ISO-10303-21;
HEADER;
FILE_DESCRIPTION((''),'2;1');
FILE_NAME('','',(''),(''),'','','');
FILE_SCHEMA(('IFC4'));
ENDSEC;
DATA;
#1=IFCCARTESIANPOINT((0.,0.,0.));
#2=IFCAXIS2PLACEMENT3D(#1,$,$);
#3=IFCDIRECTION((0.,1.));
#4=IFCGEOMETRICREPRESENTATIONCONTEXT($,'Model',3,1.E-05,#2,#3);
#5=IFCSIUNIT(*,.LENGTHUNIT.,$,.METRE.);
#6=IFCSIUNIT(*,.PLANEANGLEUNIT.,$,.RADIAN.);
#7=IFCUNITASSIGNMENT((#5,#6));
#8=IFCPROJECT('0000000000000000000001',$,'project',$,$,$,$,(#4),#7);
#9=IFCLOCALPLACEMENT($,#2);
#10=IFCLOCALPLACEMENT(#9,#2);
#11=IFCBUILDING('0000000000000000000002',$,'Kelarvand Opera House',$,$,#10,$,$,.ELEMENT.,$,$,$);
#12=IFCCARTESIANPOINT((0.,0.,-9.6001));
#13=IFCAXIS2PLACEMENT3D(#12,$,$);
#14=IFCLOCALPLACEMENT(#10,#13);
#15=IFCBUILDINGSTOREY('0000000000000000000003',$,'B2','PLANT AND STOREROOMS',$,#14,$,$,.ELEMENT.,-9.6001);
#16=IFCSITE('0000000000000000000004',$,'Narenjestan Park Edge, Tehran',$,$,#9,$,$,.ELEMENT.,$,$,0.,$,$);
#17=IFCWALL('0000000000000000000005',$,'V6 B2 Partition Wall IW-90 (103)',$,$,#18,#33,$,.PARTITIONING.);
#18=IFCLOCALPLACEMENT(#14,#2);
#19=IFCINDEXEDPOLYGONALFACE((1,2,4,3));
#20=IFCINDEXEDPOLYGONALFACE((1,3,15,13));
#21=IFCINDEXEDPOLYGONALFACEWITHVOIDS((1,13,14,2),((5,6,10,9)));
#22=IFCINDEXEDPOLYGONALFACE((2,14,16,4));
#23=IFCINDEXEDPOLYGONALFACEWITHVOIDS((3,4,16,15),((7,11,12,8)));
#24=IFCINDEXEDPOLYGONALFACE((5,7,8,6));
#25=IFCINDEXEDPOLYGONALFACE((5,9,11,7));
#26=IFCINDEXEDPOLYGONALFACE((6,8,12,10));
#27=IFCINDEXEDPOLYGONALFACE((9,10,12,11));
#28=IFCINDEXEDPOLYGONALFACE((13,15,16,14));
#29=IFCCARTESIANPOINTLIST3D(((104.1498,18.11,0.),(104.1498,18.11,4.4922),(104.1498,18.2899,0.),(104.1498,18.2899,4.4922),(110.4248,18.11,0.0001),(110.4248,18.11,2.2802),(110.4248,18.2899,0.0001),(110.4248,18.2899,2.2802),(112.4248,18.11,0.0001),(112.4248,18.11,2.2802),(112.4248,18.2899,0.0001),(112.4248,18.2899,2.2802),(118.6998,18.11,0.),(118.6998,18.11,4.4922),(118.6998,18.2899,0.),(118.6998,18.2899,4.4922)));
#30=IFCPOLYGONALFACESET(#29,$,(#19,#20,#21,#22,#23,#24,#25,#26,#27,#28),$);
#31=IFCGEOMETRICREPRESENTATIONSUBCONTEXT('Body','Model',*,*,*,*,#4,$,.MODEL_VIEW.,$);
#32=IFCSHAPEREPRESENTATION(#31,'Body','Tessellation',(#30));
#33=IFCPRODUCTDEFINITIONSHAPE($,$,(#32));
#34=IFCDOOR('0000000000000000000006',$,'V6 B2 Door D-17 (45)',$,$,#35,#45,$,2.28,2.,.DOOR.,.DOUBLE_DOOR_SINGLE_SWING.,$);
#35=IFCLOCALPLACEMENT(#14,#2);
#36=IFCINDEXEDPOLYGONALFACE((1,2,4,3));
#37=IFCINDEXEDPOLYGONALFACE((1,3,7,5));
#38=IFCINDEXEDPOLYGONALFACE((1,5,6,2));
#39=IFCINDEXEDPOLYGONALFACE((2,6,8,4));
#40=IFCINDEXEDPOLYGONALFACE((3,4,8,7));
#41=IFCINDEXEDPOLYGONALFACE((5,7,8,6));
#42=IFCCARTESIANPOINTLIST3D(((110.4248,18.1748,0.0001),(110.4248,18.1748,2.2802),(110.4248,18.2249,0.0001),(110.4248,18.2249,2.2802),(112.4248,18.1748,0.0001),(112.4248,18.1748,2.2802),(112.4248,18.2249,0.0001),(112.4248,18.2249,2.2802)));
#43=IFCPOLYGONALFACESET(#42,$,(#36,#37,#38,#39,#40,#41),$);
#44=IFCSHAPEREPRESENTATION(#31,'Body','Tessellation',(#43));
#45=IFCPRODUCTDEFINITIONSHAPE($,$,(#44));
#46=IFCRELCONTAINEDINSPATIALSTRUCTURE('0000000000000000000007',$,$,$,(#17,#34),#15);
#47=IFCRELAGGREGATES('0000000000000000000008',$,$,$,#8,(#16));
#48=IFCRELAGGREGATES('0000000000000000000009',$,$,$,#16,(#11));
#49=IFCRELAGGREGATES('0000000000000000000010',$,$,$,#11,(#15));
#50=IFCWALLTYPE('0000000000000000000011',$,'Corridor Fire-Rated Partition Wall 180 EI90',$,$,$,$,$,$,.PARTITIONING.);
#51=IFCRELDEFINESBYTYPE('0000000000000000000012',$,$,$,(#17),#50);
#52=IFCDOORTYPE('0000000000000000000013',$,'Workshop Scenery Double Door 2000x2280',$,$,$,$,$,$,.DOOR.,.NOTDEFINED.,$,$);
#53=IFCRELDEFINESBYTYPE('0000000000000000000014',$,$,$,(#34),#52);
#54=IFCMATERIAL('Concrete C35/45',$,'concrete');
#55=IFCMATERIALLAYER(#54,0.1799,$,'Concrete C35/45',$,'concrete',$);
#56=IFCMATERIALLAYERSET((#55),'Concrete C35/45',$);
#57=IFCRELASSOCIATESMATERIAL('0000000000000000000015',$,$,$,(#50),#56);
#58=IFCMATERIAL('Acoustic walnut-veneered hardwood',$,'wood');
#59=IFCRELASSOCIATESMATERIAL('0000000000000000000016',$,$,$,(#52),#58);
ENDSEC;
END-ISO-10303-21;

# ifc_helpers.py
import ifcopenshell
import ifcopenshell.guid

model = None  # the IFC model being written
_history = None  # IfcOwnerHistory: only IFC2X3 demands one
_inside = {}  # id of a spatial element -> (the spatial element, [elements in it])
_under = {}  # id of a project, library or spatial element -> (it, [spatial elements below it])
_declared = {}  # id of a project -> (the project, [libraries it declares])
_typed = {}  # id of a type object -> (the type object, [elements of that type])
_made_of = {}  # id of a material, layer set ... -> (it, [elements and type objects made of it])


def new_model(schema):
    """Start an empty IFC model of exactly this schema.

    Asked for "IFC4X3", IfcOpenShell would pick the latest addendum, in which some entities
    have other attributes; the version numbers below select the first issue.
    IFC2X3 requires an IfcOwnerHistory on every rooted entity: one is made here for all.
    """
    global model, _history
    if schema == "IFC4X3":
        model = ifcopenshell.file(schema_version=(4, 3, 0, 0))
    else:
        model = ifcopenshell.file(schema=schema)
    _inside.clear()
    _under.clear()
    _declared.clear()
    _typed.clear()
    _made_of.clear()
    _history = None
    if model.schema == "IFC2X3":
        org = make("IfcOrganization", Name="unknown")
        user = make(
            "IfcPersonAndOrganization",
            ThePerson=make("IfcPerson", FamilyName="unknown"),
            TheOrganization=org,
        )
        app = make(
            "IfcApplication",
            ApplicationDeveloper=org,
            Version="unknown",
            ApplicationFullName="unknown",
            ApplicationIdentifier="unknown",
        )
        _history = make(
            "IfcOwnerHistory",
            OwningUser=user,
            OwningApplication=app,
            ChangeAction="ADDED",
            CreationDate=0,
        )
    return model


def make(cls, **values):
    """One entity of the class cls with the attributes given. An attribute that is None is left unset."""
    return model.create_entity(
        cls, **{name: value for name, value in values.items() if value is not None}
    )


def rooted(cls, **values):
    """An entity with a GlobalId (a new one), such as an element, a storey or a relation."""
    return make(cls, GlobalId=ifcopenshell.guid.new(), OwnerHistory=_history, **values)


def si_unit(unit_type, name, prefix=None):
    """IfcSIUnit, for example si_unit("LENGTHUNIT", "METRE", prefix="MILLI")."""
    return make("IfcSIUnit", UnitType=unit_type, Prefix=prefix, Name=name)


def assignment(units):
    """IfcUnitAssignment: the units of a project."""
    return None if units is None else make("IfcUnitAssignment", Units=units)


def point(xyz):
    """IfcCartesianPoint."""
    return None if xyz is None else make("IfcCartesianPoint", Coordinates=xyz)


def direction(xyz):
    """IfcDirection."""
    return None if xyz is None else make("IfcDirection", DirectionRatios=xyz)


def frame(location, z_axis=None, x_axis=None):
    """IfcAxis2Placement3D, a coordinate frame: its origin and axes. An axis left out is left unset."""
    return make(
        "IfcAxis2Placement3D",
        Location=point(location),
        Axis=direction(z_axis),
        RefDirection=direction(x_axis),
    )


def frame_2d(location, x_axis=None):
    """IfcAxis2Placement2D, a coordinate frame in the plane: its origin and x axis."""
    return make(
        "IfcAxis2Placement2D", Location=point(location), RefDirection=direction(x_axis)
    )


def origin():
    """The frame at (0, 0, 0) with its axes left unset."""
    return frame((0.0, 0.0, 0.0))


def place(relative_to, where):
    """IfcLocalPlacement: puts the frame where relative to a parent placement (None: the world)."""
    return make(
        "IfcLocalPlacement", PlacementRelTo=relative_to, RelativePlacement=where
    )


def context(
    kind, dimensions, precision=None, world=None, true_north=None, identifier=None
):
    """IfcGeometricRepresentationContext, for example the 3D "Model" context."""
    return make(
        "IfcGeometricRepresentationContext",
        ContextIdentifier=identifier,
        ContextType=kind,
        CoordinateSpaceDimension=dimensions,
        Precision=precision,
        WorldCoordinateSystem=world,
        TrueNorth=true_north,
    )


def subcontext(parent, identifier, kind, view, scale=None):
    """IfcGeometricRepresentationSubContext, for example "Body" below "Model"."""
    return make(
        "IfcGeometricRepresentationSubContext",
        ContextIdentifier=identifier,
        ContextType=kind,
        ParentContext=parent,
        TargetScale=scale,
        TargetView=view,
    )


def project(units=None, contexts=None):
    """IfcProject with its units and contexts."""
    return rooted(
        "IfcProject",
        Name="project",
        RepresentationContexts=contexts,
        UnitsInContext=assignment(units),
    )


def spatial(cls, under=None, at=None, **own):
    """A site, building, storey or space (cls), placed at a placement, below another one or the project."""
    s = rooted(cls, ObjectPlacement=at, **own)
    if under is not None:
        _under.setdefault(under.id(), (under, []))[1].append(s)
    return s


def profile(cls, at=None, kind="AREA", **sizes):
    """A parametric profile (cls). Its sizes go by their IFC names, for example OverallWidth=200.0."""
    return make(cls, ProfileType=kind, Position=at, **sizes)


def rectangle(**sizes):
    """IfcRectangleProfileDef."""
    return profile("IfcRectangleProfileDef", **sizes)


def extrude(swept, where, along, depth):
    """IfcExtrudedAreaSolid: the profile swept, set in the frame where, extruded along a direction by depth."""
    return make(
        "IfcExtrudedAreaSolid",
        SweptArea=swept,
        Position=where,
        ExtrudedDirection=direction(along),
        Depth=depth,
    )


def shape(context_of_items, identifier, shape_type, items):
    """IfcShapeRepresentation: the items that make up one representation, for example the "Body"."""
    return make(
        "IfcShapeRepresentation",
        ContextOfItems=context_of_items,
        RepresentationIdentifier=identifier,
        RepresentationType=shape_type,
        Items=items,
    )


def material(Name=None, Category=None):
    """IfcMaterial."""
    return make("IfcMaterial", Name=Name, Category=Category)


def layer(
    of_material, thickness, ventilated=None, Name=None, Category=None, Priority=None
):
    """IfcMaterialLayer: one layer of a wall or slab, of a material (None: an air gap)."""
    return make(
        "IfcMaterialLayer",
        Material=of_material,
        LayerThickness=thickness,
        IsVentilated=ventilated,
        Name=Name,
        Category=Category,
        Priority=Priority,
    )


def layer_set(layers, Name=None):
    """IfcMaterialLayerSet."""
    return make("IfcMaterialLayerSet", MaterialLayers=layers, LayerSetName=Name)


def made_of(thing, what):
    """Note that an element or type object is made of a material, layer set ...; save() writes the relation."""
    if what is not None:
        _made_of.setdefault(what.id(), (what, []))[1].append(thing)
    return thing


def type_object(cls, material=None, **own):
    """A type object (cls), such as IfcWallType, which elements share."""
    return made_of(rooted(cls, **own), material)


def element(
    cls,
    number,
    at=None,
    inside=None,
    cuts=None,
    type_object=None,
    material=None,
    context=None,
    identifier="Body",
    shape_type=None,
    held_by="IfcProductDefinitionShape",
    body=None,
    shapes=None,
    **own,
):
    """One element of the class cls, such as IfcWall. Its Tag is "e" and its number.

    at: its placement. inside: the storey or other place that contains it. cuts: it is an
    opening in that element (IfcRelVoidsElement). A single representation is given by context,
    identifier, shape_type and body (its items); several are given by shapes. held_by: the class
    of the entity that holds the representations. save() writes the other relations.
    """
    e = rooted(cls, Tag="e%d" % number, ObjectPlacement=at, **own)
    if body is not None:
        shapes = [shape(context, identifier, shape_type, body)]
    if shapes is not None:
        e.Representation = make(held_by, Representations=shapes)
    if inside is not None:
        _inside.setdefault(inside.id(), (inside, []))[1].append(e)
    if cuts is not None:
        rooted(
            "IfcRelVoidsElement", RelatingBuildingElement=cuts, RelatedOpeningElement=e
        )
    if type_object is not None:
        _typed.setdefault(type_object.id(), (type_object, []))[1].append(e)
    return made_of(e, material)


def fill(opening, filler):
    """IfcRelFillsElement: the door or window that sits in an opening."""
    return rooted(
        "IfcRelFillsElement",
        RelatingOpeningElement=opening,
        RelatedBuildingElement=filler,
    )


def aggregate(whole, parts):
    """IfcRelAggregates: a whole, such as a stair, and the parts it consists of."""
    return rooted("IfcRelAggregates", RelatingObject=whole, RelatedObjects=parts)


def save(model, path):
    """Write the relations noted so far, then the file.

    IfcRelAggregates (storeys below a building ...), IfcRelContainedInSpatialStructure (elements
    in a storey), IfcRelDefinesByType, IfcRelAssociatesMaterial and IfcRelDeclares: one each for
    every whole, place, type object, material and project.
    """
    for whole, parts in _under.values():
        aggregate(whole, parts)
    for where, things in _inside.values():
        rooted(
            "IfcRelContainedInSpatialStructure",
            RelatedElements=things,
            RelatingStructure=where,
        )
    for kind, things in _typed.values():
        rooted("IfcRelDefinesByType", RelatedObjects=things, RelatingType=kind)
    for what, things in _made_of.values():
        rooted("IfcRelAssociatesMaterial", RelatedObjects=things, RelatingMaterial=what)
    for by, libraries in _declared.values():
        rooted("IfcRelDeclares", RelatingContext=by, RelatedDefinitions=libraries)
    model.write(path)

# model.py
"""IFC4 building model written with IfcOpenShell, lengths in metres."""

from ifc_helpers import new_model, si_unit, direction, frame, frame_2d, origin, place, context, subcontext, project, spatial, rectangle, extrude, material, layer, layer_set, type_object, element, fill, save


model = new_model("IFC4")

# Units and contexts
model_context = context("Model", 3, precision=1e-05, world=origin(), true_north=direction((0.0, 1.0)))
body_context = subcontext(model_context, "Body", "Model", "MODEL_VIEW")
ifc_project = project(units=[si_unit("LENGTHUNIT", "METRE"), si_unit("PLANEANGLEUNIT", "RADIAN")], contexts=[model_context])

# Site, building, storey
site_placement = place(None, origin())
site = spatial("IfcSite", under=ifc_project, at=site_placement, Name="Narenjestan Park Edge, Tehran", CompositionType="ELEMENT", RefElevation=0.0)
building_placement = place(site_placement, origin())
building = spatial("IfcBuilding", under=site, at=building_placement, Name="Kelarvand Opera House", CompositionType="ELEMENT")
storey_placement = place(building_placement, frame((0.0, 0.0, -9.6001)))
storey = spatial("IfcBuildingStorey", under=building, at=storey_placement, Name="B2", Description="PLANT AND STOREROOMS", CompositionType="ELEMENT", Elevation=-9.6001)

# Shared definitions
ifc_material_1 = material(Name="Concrete C35/45", Category="concrete")

# Wall, opening, door
ifc_layer_1 = layer(ifc_material_1, 0.1799, Name="Concrete C35/45", Category="concrete")
ifc_layer_set_1 = layer_set([ifc_layer_1], Name="Concrete C35/45")
wall_type_1 = type_object("IfcWallType", Name="Corridor Fire-Rated Partition Wall 180 EI90", PredefinedType="PARTITIONING", material=ifc_layer_set_1)
ifc_material_2 = material(Name="Acoustic walnut-veneered hardwood", Category="wood")
wall_1_placement = place(storey_placement, frame((104.1499, 18.2, 0.0), z_axis=(0.0, 0.0, 1.0), x_axis=(1.0, 0.0, 0.0)))
wall_1 = element("IfcWall", 1, at=wall_1_placement, inside=storey, type_object=wall_type_1, Name="V6 B2 Partition Wall IW-90 (103)", PredefinedType="PARTITIONING", context=body_context, shape_type="SweptSolid", body=[
    extrude(rectangle(XDim=14.55, YDim=0.1799, at=frame_2d((7.2749, 0.0))), origin(), (0.0, 0.0, 1.0), 4.4922),
])
opening_1_placement = place(wall_1_placement, frame((6.2749, 0.0, 0.0)))
opening_1 = element("IfcOpeningElement", 2, at=opening_1_placement, cuts=wall_1, PredefinedType="OPENING", context=body_context, shape_type="SweptSolid", body=[
    extrude(rectangle(XDim=2.0, YDim=2.28, at=frame_2d((1.0, 1.1401))), frame((0.0, 0.1001, 0.0), z_axis=(0.0, -1.0, 0.0), x_axis=(1.0, 0.0, 0.0)), (0.0, 0.0, 1.0), 0.2),
])
door_type_1 = type_object("IfcDoorType", Name="Workshop Scenery Double Door 2000x2280", OperationType="NOTDEFINED", PredefinedType="DOOR", material=ifc_material_2)
door_1_placement = place(opening_1_placement, origin())
door_1 = element("IfcDoor", 3, at=door_1_placement, inside=storey, type_object=door_type_1, Name="V6 B2 Door D-17 (45)", OperationType="DOUBLE_DOOR_SINGLE_SWING", OverallHeight=2.28, OverallWidth=2.0, PredefinedType="DOOR", context=body_context, shape_type="SweptSolid", body=[
    extrude(rectangle(XDim=2.0, YDim=2.28, at=frame_2d((1.0, 1.1401))), frame((0.0, 0.0249, 0.0), z_axis=(0.0, -1.0, 0.0), x_axis=(1.0, 0.0, 0.0)), (0.0, 0.0, 1.0), 0.05),
])
fill(opening_1, door_1)

save(model, "model.ifc")
